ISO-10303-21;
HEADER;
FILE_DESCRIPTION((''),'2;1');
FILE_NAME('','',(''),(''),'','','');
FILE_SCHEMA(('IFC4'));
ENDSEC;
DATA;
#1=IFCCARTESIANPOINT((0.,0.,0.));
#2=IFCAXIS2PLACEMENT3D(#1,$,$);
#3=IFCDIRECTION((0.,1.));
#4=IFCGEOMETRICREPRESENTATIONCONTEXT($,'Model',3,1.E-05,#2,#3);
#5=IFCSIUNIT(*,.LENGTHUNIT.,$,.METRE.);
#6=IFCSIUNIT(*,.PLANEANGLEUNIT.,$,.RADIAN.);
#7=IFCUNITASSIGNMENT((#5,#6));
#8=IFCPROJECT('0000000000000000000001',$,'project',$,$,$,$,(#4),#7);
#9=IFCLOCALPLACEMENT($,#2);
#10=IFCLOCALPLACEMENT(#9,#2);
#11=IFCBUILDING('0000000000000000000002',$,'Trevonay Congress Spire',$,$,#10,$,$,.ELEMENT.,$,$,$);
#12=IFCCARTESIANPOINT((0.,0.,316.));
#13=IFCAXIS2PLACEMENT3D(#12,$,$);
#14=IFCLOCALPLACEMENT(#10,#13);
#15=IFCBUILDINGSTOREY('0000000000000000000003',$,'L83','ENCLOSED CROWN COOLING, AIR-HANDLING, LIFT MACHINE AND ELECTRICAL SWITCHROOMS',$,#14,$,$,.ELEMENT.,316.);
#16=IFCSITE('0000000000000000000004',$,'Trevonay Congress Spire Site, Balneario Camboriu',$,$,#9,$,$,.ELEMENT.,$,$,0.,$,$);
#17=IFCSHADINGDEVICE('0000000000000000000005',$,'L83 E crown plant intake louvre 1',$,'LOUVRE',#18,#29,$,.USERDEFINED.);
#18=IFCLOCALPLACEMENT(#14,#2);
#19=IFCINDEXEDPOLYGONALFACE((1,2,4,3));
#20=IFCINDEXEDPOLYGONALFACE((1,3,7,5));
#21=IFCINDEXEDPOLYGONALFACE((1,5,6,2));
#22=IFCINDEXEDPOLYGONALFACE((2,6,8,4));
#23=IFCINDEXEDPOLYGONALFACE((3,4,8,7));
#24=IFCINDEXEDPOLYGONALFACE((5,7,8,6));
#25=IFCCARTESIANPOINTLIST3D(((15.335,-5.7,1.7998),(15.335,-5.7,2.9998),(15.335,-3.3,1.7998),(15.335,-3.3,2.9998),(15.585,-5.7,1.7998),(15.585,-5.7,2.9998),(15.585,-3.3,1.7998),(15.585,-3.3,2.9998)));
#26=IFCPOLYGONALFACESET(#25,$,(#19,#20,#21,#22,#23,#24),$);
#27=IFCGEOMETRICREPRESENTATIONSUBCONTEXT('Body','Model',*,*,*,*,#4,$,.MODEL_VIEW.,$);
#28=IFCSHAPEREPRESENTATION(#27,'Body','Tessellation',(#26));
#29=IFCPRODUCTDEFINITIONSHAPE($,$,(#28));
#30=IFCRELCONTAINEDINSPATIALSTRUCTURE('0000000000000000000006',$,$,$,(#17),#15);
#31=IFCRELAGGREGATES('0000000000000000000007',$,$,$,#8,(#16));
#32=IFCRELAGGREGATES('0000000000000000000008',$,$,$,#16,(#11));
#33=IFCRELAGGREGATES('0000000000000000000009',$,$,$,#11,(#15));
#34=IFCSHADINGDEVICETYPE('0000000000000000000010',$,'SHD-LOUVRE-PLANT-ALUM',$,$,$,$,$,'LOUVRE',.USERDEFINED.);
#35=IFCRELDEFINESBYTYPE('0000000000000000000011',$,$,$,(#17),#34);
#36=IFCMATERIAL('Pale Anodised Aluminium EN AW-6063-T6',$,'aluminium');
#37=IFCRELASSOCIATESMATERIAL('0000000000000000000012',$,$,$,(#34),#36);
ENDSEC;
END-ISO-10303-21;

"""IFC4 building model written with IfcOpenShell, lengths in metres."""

from ifc_helpers import new_model, si_unit, direction, frame, origin, origin_2d, place, context, subcontext, project, spatial, rectangle, extrude, material, type_object, element, save


model = new_model("IFC4")

# Units and contexts
model_context = context("Model", 3, precision=1e-05, world=origin(), true_north=direction((0.0, 1.0)))
body_context = subcontext(model_context, "Body", "Model", "MODEL_VIEW")
ifc_project = project(units=[si_unit("LENGTHUNIT", "METRE"), si_unit("PLANEANGLEUNIT", "RADIAN")], contexts=[model_context])

# Site, building, storey
site_placement = place(None, origin())
site = spatial("IfcSite", under=ifc_project, at=site_placement, Name="Trevonay Congress Spire Site, Balneario Camboriu", CompositionType="ELEMENT", RefElevation=0.0)
building_placement = place(site_placement, origin())
building = spatial("IfcBuilding", under=site, at=building_placement, Name="Trevonay Congress Spire", CompositionType="ELEMENT")
storey_placement = place(building_placement, frame((0.0, 0.0, 316.0)))
storey = spatial("IfcBuildingStorey", under=building, at=storey_placement, Name="L83", Description="ENCLOSED CROWN COOLING, AIR-HANDLING, LIFT MACHINE AND ELECTRICAL SWITCHROOMS", CompositionType="ELEMENT", Elevation=316.0)

# Shared definitions
ifc_material_1 = material(Name="Pale Anodised Aluminium EN AW-6063-T6", Category="aluminium")

# Shading device
shading_device_type = type_object("IfcShadingDeviceType", Name="SHD-LOUVRE-PLANT-ALUM", ElementType="LOUVRE", PredefinedType="USERDEFINED", material=ifc_material_1)
shading_device_placement = place(storey_placement, frame((15.46, -4.5, 1.7998), z_axis=(0.0, 0.0, 1.0), x_axis=(0.0, 1.0, 0.0)))
element("IfcShadingDevice", 1, at=shading_device_placement, inside=storey, type_object=shading_device_type, Name="L83 E crown plant intake louvre 1", ObjectType="LOUVRE", PredefinedType="USERDEFINED", context=body_context, shape_type="SweptSolid", body=[
    extrude(rectangle(XDim=2.3999, YDim=0.25, at=origin_2d()), origin(), (0.0, 0.0, 1.0), 1.2),
])

save(model, "model.ifc")
